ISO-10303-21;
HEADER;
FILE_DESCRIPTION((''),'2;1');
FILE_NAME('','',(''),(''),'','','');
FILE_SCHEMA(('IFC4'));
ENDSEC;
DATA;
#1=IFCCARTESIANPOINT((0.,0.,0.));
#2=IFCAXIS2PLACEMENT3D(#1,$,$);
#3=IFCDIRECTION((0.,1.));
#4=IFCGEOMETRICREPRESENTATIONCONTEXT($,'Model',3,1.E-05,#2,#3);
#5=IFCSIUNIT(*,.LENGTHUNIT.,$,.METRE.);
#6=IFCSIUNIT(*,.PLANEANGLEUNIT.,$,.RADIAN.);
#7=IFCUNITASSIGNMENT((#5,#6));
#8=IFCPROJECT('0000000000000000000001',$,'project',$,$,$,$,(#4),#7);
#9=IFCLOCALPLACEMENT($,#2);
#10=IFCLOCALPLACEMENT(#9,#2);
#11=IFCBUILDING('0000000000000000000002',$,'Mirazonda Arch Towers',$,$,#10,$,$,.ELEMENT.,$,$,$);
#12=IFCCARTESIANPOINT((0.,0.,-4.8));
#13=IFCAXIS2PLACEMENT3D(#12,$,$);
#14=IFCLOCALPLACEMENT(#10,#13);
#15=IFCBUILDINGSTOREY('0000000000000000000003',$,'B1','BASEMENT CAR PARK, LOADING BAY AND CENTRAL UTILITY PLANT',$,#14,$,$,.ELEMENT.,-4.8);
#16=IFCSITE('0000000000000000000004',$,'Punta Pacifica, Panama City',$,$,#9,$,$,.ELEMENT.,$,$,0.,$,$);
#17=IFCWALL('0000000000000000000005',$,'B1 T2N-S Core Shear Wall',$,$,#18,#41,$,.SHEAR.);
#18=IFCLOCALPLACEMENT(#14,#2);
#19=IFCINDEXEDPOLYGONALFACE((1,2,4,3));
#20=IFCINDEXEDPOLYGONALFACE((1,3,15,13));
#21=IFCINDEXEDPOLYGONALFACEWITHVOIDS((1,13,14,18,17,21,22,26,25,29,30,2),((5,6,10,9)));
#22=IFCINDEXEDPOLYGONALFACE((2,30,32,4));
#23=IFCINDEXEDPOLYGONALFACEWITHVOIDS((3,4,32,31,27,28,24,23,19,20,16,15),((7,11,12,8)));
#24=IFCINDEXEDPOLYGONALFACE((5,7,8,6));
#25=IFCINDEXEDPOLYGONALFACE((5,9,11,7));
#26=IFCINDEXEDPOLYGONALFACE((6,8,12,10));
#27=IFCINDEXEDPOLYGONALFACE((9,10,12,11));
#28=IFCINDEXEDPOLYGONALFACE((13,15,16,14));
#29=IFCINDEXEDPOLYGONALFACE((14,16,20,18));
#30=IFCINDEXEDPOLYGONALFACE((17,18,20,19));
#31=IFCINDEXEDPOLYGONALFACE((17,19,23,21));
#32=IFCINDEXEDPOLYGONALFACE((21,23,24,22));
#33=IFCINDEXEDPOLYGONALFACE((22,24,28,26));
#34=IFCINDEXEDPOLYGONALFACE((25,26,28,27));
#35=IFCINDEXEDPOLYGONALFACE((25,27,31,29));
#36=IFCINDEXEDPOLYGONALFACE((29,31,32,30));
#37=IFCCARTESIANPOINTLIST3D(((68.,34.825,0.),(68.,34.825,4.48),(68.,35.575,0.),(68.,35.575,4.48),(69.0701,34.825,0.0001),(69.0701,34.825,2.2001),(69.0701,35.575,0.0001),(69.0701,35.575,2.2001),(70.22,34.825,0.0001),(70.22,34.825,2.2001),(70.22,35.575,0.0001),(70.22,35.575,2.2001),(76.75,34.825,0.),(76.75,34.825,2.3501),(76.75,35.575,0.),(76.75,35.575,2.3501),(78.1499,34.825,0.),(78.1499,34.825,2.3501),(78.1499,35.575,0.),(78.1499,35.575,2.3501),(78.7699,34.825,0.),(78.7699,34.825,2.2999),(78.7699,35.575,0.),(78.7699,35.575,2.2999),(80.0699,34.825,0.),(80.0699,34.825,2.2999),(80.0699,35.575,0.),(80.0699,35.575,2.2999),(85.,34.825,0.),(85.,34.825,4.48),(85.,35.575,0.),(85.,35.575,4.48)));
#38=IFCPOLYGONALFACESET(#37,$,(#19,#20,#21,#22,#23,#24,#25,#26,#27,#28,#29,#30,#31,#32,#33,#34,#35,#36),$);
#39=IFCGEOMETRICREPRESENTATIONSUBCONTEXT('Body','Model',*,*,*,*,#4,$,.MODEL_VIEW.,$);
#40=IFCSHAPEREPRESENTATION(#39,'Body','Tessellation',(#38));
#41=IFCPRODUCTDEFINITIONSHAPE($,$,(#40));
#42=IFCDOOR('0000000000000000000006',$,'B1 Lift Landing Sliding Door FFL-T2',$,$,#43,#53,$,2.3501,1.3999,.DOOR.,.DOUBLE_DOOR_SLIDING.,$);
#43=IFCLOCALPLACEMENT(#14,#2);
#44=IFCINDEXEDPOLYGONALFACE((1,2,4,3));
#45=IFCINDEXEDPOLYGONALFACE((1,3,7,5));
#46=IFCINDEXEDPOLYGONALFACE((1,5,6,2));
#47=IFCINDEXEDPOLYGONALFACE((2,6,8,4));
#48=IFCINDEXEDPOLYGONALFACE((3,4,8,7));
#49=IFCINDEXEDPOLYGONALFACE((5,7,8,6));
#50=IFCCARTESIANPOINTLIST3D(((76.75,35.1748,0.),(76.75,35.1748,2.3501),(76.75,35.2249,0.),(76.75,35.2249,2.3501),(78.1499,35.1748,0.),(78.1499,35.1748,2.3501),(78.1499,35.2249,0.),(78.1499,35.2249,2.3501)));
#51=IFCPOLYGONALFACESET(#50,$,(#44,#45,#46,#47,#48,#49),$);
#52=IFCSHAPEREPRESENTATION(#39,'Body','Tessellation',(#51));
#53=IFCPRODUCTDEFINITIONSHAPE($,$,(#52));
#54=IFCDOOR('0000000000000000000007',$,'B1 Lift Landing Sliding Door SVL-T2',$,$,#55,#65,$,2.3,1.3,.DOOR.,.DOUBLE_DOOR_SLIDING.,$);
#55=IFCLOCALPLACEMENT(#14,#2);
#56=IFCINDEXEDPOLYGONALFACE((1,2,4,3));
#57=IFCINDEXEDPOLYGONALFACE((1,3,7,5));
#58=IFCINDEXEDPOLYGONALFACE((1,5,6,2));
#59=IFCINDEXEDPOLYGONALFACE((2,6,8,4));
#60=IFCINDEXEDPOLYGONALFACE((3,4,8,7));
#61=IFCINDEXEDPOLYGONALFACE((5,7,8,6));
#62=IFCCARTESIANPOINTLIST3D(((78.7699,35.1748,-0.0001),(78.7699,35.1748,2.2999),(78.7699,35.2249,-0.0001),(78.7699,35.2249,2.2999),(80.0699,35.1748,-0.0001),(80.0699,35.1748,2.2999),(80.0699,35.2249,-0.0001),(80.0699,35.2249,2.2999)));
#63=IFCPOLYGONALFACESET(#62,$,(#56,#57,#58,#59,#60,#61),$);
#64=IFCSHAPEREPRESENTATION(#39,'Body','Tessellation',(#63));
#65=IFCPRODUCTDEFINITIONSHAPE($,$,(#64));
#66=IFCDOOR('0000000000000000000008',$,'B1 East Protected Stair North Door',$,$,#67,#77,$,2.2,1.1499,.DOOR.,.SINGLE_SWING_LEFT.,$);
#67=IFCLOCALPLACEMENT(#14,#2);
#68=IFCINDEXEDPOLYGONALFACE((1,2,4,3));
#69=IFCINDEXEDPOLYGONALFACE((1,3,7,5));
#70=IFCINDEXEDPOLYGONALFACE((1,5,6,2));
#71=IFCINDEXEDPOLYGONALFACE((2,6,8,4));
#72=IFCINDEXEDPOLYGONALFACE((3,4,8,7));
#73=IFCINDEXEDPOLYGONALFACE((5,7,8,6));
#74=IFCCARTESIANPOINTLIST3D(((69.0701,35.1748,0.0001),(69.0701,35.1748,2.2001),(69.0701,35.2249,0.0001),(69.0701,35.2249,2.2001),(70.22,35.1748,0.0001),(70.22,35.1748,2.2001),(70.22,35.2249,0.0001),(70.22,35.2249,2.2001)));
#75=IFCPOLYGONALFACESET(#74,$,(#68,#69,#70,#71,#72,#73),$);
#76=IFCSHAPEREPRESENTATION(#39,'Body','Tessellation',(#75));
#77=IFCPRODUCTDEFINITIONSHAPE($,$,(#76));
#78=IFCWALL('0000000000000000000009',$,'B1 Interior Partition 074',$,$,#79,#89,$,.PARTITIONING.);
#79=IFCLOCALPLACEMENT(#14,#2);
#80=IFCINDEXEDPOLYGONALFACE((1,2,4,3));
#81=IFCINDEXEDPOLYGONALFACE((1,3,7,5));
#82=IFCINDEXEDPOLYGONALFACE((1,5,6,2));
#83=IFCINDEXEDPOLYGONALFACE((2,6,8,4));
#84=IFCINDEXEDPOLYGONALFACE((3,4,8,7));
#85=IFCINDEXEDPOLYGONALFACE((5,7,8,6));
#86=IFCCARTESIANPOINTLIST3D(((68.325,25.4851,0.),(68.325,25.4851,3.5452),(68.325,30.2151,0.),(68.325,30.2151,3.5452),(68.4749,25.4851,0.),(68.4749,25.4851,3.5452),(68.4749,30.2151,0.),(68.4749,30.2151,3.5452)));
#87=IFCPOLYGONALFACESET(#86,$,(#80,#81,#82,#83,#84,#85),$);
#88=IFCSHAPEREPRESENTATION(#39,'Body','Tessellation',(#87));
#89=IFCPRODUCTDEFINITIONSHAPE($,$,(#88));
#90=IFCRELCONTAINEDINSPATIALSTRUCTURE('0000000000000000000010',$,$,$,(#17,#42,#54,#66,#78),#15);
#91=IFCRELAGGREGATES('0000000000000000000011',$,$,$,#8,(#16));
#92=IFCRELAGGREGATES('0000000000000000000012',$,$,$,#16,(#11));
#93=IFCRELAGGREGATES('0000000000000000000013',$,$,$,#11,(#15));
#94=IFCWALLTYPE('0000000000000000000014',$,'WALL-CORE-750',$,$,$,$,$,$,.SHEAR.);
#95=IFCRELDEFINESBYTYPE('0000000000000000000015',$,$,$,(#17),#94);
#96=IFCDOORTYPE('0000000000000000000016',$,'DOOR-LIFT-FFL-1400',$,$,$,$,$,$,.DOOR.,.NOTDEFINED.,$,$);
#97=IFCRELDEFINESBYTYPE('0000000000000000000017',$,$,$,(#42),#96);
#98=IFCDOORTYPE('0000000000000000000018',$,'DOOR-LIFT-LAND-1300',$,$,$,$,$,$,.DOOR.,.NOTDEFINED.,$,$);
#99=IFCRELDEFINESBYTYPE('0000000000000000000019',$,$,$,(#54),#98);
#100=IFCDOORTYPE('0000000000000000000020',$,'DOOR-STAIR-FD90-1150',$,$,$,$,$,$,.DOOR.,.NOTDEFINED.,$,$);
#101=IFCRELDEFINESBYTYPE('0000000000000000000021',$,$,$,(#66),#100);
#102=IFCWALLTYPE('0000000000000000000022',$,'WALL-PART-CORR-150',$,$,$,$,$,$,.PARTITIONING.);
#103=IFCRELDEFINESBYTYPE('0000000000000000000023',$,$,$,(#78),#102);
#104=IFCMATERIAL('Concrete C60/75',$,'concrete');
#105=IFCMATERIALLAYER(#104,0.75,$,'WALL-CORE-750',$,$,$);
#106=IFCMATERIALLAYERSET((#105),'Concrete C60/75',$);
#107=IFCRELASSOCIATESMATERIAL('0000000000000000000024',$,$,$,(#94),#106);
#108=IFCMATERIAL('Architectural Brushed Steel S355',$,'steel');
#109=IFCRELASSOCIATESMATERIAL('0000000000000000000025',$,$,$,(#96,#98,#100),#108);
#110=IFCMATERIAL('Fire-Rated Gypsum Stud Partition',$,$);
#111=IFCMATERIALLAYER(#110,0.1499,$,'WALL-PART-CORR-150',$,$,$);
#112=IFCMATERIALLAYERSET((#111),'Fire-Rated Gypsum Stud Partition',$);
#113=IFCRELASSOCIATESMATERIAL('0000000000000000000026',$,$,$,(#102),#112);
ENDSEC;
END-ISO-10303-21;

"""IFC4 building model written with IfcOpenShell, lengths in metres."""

from ifc_helpers import new_model, si_unit, direction, frame, frame_2d, origin, place, context, subcontext, project, spatial, rectangle, extrude, material, layer, layer_set, type_object, element, fill, save


model = new_model("IFC4")

# Units and contexts
model_context = context("Model", 3, precision=1e-05, world=origin(), true_north=direction((0.0, 1.0)))
body_context = subcontext(model_context, "Body", "Model", "MODEL_VIEW")
ifc_project = project(units=[si_unit("LENGTHUNIT", "METRE"), si_unit("PLANEANGLEUNIT", "RADIAN")], contexts=[model_context])

# Site, building, storey
site_placement = place(None, origin())
site = spatial("IfcSite", under=ifc_project, at=site_placement, Name="Punta Pacifica, Panama City", CompositionType="ELEMENT", RefElevation=0.0)
building_placement = place(site_placement, origin())
building = spatial("IfcBuilding", under=site, at=building_placement, Name="Mirazonda Arch Towers", CompositionType="ELEMENT")
storey_placement = place(building_placement, frame((0.0, 0.0, -4.8)))
storey = spatial("IfcBuildingStorey", under=building, at=storey_placement, Name="B1", Description="BASEMENT CAR PARK, LOADING BAY AND CENTRAL UTILITY PLANT", CompositionType="ELEMENT", Elevation=-4.8)

# Shared definitions
ifc_material_1 = material(Name="Concrete C60/75", Category="concrete")

# Shared definitions
ifc_layer_1 = layer(ifc_material_1, 0.75, Name="WALL-CORE-750")
ifc_layer_set_1 = layer_set([ifc_layer_1], Name="Concrete C60/75")
wall_type_1 = type_object("IfcWallType", Name="WALL-CORE-750", PredefinedType="SHEAR", material=ifc_layer_set_1)

# Wall, openings, doors
wall_1_placement = place(storey_placement, frame((68.0, 35.2, 0.0), z_axis=(0.0, 0.0, 1.0), x_axis=(1.0, 0.0, 0.0)))
wall_1 = element("IfcWall", 1, at=wall_1_placement, inside=storey, type_object=wall_type_1, Name="B1 T2N-S Core Shear Wall", PredefinedType="SHEAR", context=body_context, shape_type="SweptSolid", body=[
    extrude(rectangle(XDim=17.0, YDim=0.75, at=frame_2d((8.5, 0.0))), origin(), (0.0, 0.0, 1.0), 4.48),
])
opening_1_placement = place(wall_1_placement, frame((1.0701, 0.0, 0.0)))
opening_1 = element("IfcOpeningElement", 2, at=opening_1_placement, cuts=wall_1, PredefinedType="OPENING", context=body_context, shape_type="SweptSolid", body=[
    extrude(rectangle(XDim=1.1499, YDim=2.2, at=frame_2d((0.575, 1.1001))), frame((0.0, 0.385, 0.0), z_axis=(0.0, -1.0, 0.0), x_axis=(1.0, 0.0, 0.0)), (0.0, 0.0, 1.0), 0.77),
])
opening_2_placement = place(wall_1_placement, frame((8.75, 0.0, 0.0)))
opening_2 = element("IfcOpeningElement", 3, at=opening_2_placement, cuts=wall_1, PredefinedType="OPENING", context=body_context, shape_type="SweptSolid", body=[
    extrude(rectangle(XDim=1.3999, YDim=2.3501, at=frame_2d((0.7, 1.175))), frame((0.0, 0.385, 0.0), z_axis=(0.0, -1.0, 0.0), x_axis=(1.0, 0.0, 0.0)), (0.0, 0.0, 1.0), 0.77),
])
opening_3_placement = place(wall_1_placement, frame((10.77, 0.0, 0.0)))
opening_3 = element("IfcOpeningElement", 4, at=opening_3_placement, cuts=wall_1, PredefinedType="OPENING", context=body_context, shape_type="SweptSolid", body=[
    extrude(rectangle(XDim=1.3, YDim=2.3, at=frame_2d((0.6499, 1.1499))), frame((0.0, 0.385, 0.0), z_axis=(0.0, -1.0, 0.0), x_axis=(1.0, 0.0, 0.0)), (0.0, 0.0, 1.0), 0.77),
])
ifc_material_2 = material(Name="Architectural Brushed Steel S355", Category="steel")
door_type_1 = type_object("IfcDoorType", Name="DOOR-LIFT-FFL-1400", OperationType="NOTDEFINED", PredefinedType="DOOR", material=ifc_material_2)
door_1_placement = place(opening_2_placement, origin())
door_1 = element("IfcDoor", 5, at=door_1_placement, inside=storey, type_object=door_type_1, Name="B1 Lift Landing Sliding Door FFL-T2", OperationType="DOUBLE_DOOR_SLIDING", OverallHeight=2.3501, OverallWidth=1.3999, PredefinedType="DOOR", context=body_context, shape_type="SweptSolid", body=[
    extrude(rectangle(XDim=1.3999, YDim=2.3501, at=frame_2d((0.7, 1.175))), frame((0.0, 0.0249, 0.0), z_axis=(0.0, -1.0, 0.0), x_axis=(1.0, 0.0, 0.0)), (0.0, 0.0, 1.0), 0.05),
])
fill(opening_2, door_1)
door_type_2 = type_object("IfcDoorType", Name="DOOR-LIFT-LAND-1300", OperationType="NOTDEFINED", PredefinedType="DOOR", material=ifc_material_2)
door_2_placement = place(opening_3_placement, origin())
door_2 = element("IfcDoor", 6, at=door_2_placement, inside=storey, type_object=door_type_2, Name="B1 Lift Landing Sliding Door SVL-T2", OperationType="DOUBLE_DOOR_SLIDING", OverallHeight=2.3, OverallWidth=1.3, PredefinedType="DOOR", context=body_context, shape_type="SweptSolid", body=[
    extrude(rectangle(XDim=1.3, YDim=2.3, at=frame_2d((0.6499, 1.1499))), frame((0.0, 0.0249, 0.0), z_axis=(0.0, -1.0, 0.0), x_axis=(1.0, 0.0, 0.0)), (0.0, 0.0, 1.0), 0.05),
])
fill(opening_3, door_2)
door_type_3 = type_object("IfcDoorType", Name="DOOR-STAIR-FD90-1150", OperationType="NOTDEFINED", PredefinedType="DOOR", material=ifc_material_2)
door_3_placement = place(opening_1_placement, origin())
door_3 = element("IfcDoor", 7, at=door_3_placement, inside=storey, type_object=door_type_3, Name="B1 East Protected Stair North Door", OperationType="SINGLE_SWING_LEFT", OverallHeight=2.2, OverallWidth=1.1499, PredefinedType="DOOR", context=body_context, shape_type="SweptSolid", body=[
    extrude(rectangle(XDim=1.1499, YDim=2.2, at=frame_2d((0.575, 1.1001))), frame((0.0, 0.0249, 0.0), z_axis=(0.0, -1.0, 0.0), x_axis=(1.0, 0.0, 0.0)), (0.0, 0.0, 1.0), 0.05),
])
fill(opening_1, door_3)

# Wall
ifc_material_3 = material(Name="Fire-Rated Gypsum Stud Partition")
ifc_layer_2 = layer(ifc_material_3, 0.1499, Name="WALL-PART-CORR-150")
ifc_layer_set_2 = layer_set([ifc_layer_2], Name="Fire-Rated Gypsum Stud Partition")
wall_type_2 = type_object("IfcWallType", Name="WALL-PART-CORR-150", PredefinedType="PARTITIONING", material=ifc_layer_set_2)
wall_2_placement = place(storey_placement, frame((68.3999, 25.4851, 0.0), z_axis=(0.0, 0.0, 1.0), x_axis=(0.0, 1.0, 0.0)))
element("IfcWall", 8, at=wall_2_placement, inside=storey, type_object=wall_type_2, Name="B1 Interior Partition 074", PredefinedType="PARTITIONING", context=body_context, shape_type="SweptSolid", body=[
    extrude(rectangle(XDim=4.73, YDim=0.1499, at=frame_2d((2.365, 0.0))), origin(), (0.0, 0.0, 1.0), 3.5452),
])

save(model, "model.ifc")
